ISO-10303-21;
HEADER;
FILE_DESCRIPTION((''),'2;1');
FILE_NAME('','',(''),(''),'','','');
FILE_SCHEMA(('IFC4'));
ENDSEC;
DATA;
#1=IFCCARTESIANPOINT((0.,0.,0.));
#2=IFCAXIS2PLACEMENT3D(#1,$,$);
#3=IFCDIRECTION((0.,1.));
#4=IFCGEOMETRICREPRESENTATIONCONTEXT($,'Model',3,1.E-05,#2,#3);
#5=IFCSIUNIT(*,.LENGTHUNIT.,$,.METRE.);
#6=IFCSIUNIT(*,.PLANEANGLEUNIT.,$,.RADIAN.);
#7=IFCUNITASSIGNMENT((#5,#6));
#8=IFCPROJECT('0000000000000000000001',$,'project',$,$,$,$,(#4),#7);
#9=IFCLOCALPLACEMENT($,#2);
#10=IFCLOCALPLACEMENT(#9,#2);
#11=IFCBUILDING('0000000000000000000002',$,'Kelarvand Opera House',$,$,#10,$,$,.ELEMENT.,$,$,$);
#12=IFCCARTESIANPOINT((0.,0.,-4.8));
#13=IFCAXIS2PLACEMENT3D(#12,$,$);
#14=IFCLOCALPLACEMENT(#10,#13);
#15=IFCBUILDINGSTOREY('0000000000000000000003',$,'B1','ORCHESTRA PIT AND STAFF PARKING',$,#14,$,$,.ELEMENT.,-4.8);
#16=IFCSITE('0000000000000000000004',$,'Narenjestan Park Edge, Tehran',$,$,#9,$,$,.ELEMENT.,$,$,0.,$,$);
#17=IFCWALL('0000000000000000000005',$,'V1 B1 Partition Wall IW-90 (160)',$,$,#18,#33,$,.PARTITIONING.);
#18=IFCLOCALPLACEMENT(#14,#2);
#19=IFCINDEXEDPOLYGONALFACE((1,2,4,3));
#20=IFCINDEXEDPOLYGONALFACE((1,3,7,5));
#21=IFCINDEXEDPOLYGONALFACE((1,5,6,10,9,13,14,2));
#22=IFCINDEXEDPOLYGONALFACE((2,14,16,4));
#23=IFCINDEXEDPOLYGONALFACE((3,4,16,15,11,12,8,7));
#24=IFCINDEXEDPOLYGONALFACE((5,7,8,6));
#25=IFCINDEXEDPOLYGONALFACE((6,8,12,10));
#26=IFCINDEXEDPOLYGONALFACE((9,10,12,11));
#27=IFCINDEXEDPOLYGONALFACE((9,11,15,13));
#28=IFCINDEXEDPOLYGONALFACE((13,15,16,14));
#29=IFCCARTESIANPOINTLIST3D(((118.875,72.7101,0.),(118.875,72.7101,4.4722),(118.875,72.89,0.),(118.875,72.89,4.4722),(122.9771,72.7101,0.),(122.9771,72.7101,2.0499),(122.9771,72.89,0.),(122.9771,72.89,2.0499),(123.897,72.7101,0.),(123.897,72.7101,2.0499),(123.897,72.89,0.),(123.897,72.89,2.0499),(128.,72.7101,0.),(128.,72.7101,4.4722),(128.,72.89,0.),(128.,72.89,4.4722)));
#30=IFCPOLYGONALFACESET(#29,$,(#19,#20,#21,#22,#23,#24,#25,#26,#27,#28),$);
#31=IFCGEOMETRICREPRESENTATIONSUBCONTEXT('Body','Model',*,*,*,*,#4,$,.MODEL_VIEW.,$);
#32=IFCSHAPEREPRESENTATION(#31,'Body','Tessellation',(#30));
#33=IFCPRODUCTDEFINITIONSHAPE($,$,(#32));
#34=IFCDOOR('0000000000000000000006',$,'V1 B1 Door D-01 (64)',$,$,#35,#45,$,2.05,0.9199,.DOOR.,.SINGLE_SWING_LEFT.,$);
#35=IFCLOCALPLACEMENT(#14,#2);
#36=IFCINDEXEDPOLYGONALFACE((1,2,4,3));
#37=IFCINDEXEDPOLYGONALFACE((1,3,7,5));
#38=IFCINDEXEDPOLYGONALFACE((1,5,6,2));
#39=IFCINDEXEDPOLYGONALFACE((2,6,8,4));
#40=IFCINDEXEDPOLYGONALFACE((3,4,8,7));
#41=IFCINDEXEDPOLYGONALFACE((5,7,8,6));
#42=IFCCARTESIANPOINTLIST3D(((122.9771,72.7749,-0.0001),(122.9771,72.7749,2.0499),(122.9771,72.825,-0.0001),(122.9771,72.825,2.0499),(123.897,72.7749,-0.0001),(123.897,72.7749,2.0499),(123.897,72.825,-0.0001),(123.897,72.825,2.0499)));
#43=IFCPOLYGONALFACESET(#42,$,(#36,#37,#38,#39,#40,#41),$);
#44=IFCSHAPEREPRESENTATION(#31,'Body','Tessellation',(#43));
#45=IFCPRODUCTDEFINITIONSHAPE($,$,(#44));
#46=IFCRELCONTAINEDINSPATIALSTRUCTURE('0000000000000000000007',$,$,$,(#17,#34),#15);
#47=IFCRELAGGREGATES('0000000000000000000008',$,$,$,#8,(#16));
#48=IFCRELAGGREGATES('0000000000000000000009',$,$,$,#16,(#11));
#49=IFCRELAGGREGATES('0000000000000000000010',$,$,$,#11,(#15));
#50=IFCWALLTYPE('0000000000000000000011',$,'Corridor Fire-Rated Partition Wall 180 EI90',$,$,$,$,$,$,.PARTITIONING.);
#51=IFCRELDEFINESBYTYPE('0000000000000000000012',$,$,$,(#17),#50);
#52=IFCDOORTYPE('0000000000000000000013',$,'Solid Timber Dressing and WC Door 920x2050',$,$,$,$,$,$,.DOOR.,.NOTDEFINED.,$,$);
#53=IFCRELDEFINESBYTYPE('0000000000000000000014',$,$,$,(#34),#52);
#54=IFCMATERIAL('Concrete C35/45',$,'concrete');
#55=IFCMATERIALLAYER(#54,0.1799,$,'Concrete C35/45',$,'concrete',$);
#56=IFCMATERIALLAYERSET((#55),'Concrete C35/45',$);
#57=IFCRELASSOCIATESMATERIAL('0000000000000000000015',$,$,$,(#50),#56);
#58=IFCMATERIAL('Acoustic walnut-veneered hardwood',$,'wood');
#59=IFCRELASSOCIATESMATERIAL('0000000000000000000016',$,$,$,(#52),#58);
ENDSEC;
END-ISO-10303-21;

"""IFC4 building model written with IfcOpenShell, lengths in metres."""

from ifc_helpers import new_model, si_unit, direction, frame, frame_2d, origin, place, context, subcontext, project, spatial, rectangle, extrude, material, layer, layer_set, type_object, element, fill, save


model = new_model("IFC4")

# Units and contexts
model_context = context("Model", 3, precision=1e-05, world=origin(), true_north=direction((0.0, 1.0)))
body_context = subcontext(model_context, "Body", "Model", "MODEL_VIEW")
ifc_project = project(units=[si_unit("LENGTHUNIT", "METRE"), si_unit("PLANEANGLEUNIT", "RADIAN")], contexts=[model_context])

# Site, building, storey
site_placement = place(None, origin())
site = spatial("IfcSite", under=ifc_project, at=site_placement, Name="Narenjestan Park Edge, Tehran", CompositionType="ELEMENT", RefElevation=0.0)
building_placement = place(site_placement, origin())
building = spatial("IfcBuilding", under=site, at=building_placement, Name="Kelarvand Opera House", CompositionType="ELEMENT")
storey_placement = place(building_placement, frame((0.0, 0.0, -4.8)))
storey = spatial("IfcBuildingStorey", under=building, at=storey_placement, Name="B1", Description="ORCHESTRA PIT AND STAFF PARKING", CompositionType="ELEMENT", Elevation=-4.8)

# Shared definitions
ifc_material_1 = material(Name="Concrete C35/45", Category="concrete")

# Shared definitions
ifc_layer_1 = layer(ifc_material_1, 0.1799, Name="Concrete C35/45", Category="concrete")
ifc_layer_set_1 = layer_set([ifc_layer_1], Name="Concrete C35/45")
wall_type_1 = type_object("IfcWallType", Name="Corridor Fire-Rated Partition Wall 180 EI90", PredefinedType="PARTITIONING", material=ifc_layer_set_1)
ifc_material_2 = material(Name="Acoustic walnut-veneered hardwood", Category="wood")

# Wall, opening, door
door_type_1 = type_object("IfcDoorType", Name="Solid Timber Dressing and WC Door 920x2050", OperationType="NOTDEFINED", PredefinedType="DOOR", material=ifc_material_2)
wall_1_placement = place(storey_placement, frame((118.875, 72.8, 0.0), z_axis=(0.0, 0.0, 1.0), x_axis=(1.0, 0.0, 0.0)))
wall_1 = element("IfcWall", 1, at=wall_1_placement, inside=storey, type_object=wall_type_1, Name="V1 B1 Partition Wall IW-90 (160)", PredefinedType="PARTITIONING", context=body_context, shape_type="SweptSolid", body=[
    extrude(rectangle(XDim=9.125, YDim=0.1799, at=frame_2d((4.5625, 0.0))), origin(), (0.0, 0.0, 1.0), 4.4722),
])
opening_1_placement = place(wall_1_placement, frame((4.1021, 0.0, 0.0)))
opening_1 = element("IfcOpeningElement", 2, at=opening_1_placement, cuts=wall_1, PredefinedType="OPENING", context=body_context, shape_type="SweptSolid", body=[
    extrude(rectangle(XDim=0.9199, YDim=2.05, at=frame_2d((0.46, 1.0249))), frame((0.0, 0.1001, 0.0), z_axis=(0.0, -1.0, 0.0), x_axis=(1.0, 0.0, 0.0)), (0.0, 0.0, 1.0), 0.2),
])
door_1_placement = place(opening_1_placement, origin())
door_1 = element("IfcDoor", 3, at=door_1_placement, inside=storey, type_object=door_type_1, Name="V1 B1 Door D-01 (64)", OperationType="SINGLE_SWING_LEFT", OverallHeight=2.05, OverallWidth=0.9199, PredefinedType="DOOR", context=body_context, shape_type="SweptSolid", body=[
    extrude(rectangle(XDim=0.9199, YDim=2.05, at=frame_2d((0.46, 1.0249))), frame((0.0, 0.0249, 0.0), z_axis=(0.0, -1.0, 0.0), x_axis=(1.0, 0.0, 0.0)), (0.0, 0.0, 1.0), 0.05),
])
fill(opening_1, door_1)

save(model, "model.ifc")
